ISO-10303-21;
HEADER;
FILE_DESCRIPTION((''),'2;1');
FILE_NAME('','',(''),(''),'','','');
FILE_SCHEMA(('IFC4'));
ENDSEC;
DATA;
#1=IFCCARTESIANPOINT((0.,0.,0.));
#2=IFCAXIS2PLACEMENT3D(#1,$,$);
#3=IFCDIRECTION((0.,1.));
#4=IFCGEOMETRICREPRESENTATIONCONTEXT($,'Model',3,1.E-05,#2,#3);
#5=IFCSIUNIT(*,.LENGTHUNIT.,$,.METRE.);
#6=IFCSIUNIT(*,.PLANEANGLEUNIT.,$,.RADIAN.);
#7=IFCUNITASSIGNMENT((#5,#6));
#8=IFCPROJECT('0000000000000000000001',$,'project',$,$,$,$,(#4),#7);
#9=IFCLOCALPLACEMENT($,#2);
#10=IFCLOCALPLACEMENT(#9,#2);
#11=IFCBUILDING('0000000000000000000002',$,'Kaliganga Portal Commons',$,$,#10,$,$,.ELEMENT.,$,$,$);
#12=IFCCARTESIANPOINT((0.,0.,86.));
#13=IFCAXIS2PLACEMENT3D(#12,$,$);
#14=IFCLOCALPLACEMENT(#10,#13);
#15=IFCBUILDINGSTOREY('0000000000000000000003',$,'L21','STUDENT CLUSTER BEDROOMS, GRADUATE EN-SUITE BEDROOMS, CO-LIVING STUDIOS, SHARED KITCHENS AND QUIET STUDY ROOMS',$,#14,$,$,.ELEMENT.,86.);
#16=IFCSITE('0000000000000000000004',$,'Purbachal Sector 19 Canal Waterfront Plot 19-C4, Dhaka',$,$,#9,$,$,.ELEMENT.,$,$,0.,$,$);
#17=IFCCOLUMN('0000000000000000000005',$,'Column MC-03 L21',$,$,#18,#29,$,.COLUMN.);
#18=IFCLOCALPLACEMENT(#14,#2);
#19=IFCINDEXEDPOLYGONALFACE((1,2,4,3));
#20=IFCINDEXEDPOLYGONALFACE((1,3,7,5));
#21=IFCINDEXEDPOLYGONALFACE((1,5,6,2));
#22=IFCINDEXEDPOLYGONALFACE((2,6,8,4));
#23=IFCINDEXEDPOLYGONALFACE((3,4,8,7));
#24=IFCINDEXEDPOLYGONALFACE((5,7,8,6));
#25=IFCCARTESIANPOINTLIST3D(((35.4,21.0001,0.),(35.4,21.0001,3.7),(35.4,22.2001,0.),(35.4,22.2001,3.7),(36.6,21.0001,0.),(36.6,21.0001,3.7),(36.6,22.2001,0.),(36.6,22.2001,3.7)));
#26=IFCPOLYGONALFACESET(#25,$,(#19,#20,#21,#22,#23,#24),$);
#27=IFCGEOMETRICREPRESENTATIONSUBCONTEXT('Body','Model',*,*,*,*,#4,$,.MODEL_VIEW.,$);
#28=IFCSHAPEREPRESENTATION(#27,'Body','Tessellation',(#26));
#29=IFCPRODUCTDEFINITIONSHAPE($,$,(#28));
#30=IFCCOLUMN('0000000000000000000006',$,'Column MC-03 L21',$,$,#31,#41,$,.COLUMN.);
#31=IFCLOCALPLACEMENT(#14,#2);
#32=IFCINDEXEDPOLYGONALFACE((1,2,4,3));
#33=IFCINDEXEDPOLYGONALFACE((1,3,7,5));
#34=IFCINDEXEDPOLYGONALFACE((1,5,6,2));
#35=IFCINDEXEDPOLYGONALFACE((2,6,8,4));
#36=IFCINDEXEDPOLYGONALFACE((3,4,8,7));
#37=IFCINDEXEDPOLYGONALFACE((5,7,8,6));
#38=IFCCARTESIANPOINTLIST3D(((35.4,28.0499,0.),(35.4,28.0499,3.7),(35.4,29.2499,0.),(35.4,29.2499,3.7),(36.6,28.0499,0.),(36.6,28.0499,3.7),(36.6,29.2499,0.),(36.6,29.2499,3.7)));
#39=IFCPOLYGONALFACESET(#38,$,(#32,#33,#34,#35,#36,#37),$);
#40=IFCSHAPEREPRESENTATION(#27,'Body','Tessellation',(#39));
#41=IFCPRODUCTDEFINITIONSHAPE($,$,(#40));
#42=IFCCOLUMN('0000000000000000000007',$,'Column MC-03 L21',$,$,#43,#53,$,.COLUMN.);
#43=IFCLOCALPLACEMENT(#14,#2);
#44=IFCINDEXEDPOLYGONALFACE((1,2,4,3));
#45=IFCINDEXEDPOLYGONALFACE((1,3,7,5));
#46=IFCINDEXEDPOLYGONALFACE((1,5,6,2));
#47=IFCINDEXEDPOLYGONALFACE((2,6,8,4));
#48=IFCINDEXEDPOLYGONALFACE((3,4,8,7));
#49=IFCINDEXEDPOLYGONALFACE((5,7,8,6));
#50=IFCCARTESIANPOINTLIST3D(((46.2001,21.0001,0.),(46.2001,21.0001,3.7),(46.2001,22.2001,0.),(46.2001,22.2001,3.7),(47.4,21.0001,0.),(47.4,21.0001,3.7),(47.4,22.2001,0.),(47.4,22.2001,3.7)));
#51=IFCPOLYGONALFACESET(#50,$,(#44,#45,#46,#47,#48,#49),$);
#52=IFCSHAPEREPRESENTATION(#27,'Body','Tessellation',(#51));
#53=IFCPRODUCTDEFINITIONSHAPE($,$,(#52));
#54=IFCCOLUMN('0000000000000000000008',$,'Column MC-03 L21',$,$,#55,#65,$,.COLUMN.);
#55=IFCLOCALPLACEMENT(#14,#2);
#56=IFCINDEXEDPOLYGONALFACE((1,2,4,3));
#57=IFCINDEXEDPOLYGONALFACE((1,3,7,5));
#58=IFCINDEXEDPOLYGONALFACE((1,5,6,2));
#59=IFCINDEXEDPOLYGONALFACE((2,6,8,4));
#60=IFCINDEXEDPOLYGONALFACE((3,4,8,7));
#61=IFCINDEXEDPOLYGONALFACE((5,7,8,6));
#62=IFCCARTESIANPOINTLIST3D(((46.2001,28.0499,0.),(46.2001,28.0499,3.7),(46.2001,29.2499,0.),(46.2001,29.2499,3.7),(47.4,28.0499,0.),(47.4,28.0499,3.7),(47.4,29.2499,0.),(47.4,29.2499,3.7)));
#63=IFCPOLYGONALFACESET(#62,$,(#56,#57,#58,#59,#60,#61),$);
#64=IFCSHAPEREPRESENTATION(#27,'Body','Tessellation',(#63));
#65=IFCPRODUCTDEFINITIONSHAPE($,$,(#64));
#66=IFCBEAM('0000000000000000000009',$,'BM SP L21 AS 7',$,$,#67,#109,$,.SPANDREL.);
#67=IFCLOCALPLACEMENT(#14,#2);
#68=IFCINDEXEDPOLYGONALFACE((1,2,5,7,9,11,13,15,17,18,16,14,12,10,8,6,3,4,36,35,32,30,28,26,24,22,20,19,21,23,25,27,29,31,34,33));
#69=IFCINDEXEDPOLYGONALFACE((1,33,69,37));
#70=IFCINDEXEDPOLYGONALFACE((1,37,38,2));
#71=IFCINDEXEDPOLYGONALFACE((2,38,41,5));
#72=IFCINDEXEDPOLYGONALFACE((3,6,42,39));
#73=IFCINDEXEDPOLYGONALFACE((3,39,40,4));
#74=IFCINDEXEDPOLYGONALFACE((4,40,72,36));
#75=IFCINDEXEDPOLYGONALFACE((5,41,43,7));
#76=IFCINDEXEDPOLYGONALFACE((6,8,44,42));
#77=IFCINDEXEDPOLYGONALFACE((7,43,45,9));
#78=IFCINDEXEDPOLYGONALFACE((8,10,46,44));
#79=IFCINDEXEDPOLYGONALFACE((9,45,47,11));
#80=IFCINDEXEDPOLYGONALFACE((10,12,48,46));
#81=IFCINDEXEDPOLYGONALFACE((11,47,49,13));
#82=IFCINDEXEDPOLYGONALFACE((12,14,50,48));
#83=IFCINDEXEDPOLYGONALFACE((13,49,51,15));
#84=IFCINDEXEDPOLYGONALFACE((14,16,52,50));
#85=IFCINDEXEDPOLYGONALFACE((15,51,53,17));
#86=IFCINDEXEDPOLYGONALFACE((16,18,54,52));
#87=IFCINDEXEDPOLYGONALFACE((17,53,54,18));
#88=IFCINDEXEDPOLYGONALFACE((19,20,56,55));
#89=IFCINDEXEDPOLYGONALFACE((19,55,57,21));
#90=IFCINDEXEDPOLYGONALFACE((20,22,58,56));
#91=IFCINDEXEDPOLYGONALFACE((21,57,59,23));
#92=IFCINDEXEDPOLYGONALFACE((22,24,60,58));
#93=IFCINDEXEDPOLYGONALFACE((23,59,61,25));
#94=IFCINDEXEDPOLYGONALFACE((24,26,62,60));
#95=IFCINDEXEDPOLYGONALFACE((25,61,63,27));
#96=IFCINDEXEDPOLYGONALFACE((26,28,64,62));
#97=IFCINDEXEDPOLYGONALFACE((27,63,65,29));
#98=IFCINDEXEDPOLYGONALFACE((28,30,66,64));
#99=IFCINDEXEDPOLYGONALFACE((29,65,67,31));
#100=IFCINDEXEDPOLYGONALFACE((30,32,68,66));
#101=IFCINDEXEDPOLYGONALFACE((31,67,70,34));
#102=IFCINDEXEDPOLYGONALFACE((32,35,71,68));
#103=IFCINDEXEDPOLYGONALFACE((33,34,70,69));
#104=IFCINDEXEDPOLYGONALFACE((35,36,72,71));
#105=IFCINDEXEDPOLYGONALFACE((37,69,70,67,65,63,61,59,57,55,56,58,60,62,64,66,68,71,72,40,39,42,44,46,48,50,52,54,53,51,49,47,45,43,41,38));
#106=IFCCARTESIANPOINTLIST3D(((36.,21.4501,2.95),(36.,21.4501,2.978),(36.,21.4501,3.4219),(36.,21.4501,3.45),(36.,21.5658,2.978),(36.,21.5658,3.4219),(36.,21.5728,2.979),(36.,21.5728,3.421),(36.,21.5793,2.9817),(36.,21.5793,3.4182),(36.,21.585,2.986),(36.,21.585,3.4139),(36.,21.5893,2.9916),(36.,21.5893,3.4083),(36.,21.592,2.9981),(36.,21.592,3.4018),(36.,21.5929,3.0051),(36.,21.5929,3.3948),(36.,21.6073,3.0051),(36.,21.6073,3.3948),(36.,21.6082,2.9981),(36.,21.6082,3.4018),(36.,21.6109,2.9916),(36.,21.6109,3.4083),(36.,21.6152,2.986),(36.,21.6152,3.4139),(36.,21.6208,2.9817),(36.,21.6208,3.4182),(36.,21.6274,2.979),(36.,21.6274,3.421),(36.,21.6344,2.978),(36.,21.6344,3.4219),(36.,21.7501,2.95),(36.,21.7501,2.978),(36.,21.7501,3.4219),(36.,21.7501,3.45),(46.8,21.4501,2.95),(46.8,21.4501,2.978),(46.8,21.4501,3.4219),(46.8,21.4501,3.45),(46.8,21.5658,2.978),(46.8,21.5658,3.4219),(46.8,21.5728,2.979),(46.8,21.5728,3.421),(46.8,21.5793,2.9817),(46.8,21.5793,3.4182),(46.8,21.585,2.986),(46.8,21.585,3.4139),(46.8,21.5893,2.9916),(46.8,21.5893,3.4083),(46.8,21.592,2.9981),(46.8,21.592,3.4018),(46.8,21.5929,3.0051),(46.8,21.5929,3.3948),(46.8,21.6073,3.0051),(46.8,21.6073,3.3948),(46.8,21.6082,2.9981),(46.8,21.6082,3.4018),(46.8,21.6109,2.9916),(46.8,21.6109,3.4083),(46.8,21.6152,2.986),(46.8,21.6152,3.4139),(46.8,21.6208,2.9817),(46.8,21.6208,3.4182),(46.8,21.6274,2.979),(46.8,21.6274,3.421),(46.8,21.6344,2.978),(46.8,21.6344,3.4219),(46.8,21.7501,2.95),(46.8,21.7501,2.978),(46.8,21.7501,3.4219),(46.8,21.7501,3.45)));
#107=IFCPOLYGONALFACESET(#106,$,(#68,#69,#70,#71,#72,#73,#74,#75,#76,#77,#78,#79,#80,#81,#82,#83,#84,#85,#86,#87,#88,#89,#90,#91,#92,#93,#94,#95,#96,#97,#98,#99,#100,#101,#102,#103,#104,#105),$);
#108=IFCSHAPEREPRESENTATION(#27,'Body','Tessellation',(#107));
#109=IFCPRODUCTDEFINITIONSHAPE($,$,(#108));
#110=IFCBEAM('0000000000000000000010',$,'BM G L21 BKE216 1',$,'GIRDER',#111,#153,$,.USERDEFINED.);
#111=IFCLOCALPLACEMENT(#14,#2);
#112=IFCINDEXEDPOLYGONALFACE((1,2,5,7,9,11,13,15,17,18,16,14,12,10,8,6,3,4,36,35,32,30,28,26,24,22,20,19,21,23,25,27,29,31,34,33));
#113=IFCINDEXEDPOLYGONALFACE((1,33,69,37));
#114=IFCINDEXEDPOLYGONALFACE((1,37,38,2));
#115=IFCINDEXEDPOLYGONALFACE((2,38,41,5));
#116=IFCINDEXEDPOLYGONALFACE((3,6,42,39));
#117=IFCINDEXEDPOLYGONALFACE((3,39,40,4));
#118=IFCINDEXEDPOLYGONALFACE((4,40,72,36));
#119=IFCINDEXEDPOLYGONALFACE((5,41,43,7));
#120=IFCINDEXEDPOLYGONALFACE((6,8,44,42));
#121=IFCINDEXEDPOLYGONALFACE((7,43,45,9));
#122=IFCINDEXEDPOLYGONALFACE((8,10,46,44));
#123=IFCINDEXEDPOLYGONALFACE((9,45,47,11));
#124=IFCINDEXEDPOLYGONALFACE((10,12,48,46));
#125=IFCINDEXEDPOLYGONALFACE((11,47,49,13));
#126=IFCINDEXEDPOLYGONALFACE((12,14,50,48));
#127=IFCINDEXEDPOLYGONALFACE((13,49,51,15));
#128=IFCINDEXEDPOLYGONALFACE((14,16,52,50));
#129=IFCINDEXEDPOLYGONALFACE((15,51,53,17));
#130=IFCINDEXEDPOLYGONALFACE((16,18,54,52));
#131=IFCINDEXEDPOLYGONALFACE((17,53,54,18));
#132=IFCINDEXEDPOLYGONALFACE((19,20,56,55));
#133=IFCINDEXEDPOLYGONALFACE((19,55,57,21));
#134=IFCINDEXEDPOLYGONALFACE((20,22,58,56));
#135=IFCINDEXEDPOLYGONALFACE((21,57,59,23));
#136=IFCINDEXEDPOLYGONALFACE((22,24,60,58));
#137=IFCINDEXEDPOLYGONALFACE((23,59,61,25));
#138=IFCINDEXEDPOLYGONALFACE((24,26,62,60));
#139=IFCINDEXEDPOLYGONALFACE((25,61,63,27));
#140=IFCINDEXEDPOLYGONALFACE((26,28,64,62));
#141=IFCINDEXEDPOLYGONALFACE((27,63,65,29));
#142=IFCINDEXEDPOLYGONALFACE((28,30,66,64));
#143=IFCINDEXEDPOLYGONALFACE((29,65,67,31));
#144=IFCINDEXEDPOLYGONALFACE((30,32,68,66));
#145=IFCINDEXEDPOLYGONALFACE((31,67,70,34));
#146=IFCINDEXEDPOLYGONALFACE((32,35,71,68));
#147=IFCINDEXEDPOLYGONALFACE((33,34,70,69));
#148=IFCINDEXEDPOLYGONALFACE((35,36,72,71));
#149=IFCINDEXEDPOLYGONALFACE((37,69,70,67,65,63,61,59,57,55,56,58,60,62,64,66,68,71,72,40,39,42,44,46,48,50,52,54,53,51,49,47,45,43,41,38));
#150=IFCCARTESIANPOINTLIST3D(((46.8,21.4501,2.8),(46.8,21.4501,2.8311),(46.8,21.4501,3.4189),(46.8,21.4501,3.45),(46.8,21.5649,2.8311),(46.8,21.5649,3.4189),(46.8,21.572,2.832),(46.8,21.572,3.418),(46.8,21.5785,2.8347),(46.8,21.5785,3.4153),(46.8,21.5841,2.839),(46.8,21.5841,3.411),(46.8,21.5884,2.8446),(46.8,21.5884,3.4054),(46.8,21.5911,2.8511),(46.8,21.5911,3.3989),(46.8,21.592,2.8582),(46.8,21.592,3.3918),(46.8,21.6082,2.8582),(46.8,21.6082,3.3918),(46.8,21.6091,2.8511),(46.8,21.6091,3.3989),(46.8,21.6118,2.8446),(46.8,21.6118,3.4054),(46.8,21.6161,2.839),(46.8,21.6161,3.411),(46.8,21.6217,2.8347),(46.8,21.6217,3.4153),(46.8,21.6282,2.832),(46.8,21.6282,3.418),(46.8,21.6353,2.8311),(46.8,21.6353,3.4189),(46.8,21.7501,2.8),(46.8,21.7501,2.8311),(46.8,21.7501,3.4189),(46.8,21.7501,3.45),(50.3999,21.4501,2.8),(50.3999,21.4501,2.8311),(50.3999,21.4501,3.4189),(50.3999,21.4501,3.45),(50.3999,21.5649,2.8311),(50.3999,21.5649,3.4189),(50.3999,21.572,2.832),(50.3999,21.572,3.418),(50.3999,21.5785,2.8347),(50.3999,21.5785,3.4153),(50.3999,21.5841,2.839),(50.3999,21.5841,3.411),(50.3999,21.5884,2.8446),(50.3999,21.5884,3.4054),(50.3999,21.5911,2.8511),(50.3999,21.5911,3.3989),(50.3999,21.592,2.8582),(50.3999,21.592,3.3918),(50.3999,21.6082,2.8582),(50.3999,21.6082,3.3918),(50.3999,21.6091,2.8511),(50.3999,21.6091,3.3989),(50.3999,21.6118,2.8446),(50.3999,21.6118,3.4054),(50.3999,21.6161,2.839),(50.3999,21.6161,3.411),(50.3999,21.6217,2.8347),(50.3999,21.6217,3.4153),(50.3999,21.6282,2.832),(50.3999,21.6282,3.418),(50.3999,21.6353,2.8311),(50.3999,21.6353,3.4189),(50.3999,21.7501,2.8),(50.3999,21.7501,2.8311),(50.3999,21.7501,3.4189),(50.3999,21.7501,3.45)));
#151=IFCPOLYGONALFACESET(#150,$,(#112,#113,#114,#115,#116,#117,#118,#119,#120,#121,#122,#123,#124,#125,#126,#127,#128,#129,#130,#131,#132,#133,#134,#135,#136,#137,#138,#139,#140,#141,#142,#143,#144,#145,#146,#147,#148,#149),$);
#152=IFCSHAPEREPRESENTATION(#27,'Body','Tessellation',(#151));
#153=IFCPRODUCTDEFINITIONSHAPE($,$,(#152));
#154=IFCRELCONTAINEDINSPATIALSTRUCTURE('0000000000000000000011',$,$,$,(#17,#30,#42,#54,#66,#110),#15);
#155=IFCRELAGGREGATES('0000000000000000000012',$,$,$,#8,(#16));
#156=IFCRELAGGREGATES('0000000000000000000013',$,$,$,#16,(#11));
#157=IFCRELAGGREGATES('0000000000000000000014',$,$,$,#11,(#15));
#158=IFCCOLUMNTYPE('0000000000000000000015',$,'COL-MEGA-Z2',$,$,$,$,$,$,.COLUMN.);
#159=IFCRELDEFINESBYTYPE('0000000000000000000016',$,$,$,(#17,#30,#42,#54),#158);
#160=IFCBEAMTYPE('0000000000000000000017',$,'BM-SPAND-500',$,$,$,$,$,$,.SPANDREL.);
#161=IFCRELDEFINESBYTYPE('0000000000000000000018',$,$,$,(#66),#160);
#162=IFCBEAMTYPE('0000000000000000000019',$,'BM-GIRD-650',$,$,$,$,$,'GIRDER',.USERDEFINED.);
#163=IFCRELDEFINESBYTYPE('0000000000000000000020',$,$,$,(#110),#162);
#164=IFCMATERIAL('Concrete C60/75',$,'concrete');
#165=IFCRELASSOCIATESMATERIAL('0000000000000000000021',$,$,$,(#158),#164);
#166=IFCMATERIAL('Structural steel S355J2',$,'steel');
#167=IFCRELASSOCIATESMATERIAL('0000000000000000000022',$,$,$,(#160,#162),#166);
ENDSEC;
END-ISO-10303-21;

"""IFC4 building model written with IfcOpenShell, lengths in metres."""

from ifc_helpers import new_model, si_unit, direction, frame, origin, origin_2d, place, context, subcontext, project, spatial, rectangle, i_section, extrude, source, transform, mapped, material, material_profile, profile_set, type_object, element, save


model = new_model("IFC4")

# Units and contexts
model_context = context("Model", 3, precision=1e-05, world=origin(), true_north=direction((0.0, 1.0)))
body_context = subcontext(model_context, "Body", "Model", "MODEL_VIEW")
ifc_project = project(units=[si_unit("LENGTHUNIT", "METRE"), si_unit("PLANEANGLEUNIT", "RADIAN")], contexts=[model_context])

# Site, building, storey
site_placement = place(None, origin())
site = spatial("IfcSite", under=ifc_project, at=site_placement, Name="Purbachal Sector 19 Canal Waterfront Plot 19-C4, Dhaka", CompositionType="ELEMENT", RefElevation=0.0)
building_placement = place(site_placement, origin())
building = spatial("IfcBuilding", under=site, at=building_placement, Name="Kaliganga Portal Commons", CompositionType="ELEMENT")
storey_placement = place(building_placement, frame((0.0, 0.0, 86.0)))
storey = spatial("IfcBuildingStorey", under=building, at=storey_placement, Name="L21", Description="STUDENT CLUSTER BEDROOMS, GRADUATE EN-SUITE BEDROOMS, CO-LIVING STUDIOS, SHARED KITCHENS AND QUIET STUDY ROOMS", CompositionType="ELEMENT", Elevation=86.0)

# Columns
ifc_material_1 = material(Name="Concrete C60/75", Category="concrete")
ifc_material_profile_1 = material_profile(ifc_material_1, rectangle(XDim=1.2, YDim=1.2, at=origin_2d()), Name="RC 1200x1200")
ifc_profile_set_1 = profile_set([ifc_material_profile_1], Name="Concrete C60/75")
column_type = type_object("IfcColumnType", Name="COL-MEGA-Z2", PredefinedType="COLUMN", material=ifc_profile_set_1)
shared_shape_1 = source(origin(), body_context, "Body", "SweptSolid", [
    extrude(rectangle(XDim=1.2, YDim=1.2, at=origin_2d()), origin(), (0.0, 0.0, 1.0), 3.7),
])
for number, where, z_axis, x_axis, name in (
    (1, (36.0, 21.6001, 0.0), (0.0, 0.0, 1.0), (1.0, 0.0, 0.0), "Column MC-03 L21"),
    (2, (36.0, 28.6499, 0.0), (0.0, 0.0, 1.0), (1.0, 0.0, 0.0), "Column MC-03 L21"),
    (3, (46.8, 21.6001, 0.0), (0.0, 0.0, 1.0), (1.0, 0.0, 0.0), "Column MC-03 L21"),
    (4, (46.8, 28.6499, 0.0), (0.0, 0.0, 1.0), (1.0, 0.0, 0.0), "Column MC-03 L21"),
):
    element("IfcColumn", number, at=place(storey_placement, frame(where, z_axis=z_axis, x_axis=x_axis)), inside=storey, type_object=column_type, Name=name, PredefinedType="COLUMN", context=body_context, shape_type="MappedRepresentation", body=[
        mapped(shared_shape_1, transform((0.0, 0.0, 0.0), x_axis=(1.0, 0.0, 0.0), y_axis=(0.0, 1.0, 0.0), z_axis=(0.0, 0.0, 1.0), scale=1.0)),
    ])

# Beams
ifc_material_2 = material(Name="Structural steel S355J2", Category="steel")
ifc_material_profile_2 = material_profile(ifc_material_2, i_section(OverallWidth=0.3, OverallDepth=0.5, WebThickness=0.0144, FlangeThickness=0.0281, FilletRadius=0.0271, at=origin_2d()), Name="HE 500 B")
ifc_profile_set_2 = profile_set([ifc_material_profile_2], Name="Structural steel S355J2 wide-flange")
beam_type_1 = type_object("IfcBeamType", Name="BM-SPAND-500", PredefinedType="SPANDREL", material=ifc_profile_set_2)
shared_shape_2 = source(origin(), body_context, "Body", "SweptSolid", [
    extrude(i_section(OverallWidth=0.3, OverallDepth=0.5, WebThickness=0.0144, FlangeThickness=0.0281, FilletRadius=0.0271, at=origin_2d()), origin(), (0.0, 0.0, 1.0), 10.8),
])
beam_1_placement = place(storey_placement, frame((36.0, 21.6001, 3.2), z_axis=(1.0, 0.0, 0.0), x_axis=(0.0, 1.0, 0.0)))
element("IfcBeam", 5, at=beam_1_placement, inside=storey, type_object=beam_type_1, Name="BM SP L21 AS 7", PredefinedType="SPANDREL", context=body_context, shape_type="MappedRepresentation", body=[
    mapped(shared_shape_2, transform((0.0, 0.0, 0.0), x_axis=(1.0, 0.0, 0.0), y_axis=(0.0, 1.0, 0.0), z_axis=(0.0, 0.0, 1.0), scale=1.0)),
])
ifc_material_profile_3 = material_profile(ifc_material_2, i_section(OverallWidth=0.3, OverallDepth=0.6499, WebThickness=0.0161, FlangeThickness=0.031, FilletRadius=0.0271, at=origin_2d()), Name="HE 650 B")
ifc_profile_set_3 = profile_set([ifc_material_profile_3], Name="Structural steel S355J2 wide-flange")
beam_type_2 = type_object("IfcBeamType", Name="BM-GIRD-650", ElementType="GIRDER", PredefinedType="USERDEFINED", material=ifc_profile_set_3)
shared_shape_3 = source(origin(), body_context, "Body", "SweptSolid", [
    extrude(i_section(OverallWidth=0.3, OverallDepth=0.6499, WebThickness=0.0161, FlangeThickness=0.031, FilletRadius=0.0271, at=origin_2d()), origin(), (0.0, 0.0, 1.0), 3.5999),
])
beam_2_placement = place(storey_placement, frame((46.8, 21.6001, 3.125), z_axis=(1.0, 0.0, 0.0), x_axis=(0.0, 1.0, 0.0)))
element("IfcBeam", 6, at=beam_2_placement, inside=storey, type_object=beam_type_2, Name="BM G L21 BKE216 1", ObjectType="GIRDER", PredefinedType="USERDEFINED", context=body_context, shape_type="MappedRepresentation", body=[
    mapped(shared_shape_3, transform((0.0, 0.0, 0.0), x_axis=(1.0, 0.0, 0.0), y_axis=(0.0, 1.0, 0.0), z_axis=(0.0, 0.0, 1.0), scale=1.0)),
])

save(model, "model.ifc")
